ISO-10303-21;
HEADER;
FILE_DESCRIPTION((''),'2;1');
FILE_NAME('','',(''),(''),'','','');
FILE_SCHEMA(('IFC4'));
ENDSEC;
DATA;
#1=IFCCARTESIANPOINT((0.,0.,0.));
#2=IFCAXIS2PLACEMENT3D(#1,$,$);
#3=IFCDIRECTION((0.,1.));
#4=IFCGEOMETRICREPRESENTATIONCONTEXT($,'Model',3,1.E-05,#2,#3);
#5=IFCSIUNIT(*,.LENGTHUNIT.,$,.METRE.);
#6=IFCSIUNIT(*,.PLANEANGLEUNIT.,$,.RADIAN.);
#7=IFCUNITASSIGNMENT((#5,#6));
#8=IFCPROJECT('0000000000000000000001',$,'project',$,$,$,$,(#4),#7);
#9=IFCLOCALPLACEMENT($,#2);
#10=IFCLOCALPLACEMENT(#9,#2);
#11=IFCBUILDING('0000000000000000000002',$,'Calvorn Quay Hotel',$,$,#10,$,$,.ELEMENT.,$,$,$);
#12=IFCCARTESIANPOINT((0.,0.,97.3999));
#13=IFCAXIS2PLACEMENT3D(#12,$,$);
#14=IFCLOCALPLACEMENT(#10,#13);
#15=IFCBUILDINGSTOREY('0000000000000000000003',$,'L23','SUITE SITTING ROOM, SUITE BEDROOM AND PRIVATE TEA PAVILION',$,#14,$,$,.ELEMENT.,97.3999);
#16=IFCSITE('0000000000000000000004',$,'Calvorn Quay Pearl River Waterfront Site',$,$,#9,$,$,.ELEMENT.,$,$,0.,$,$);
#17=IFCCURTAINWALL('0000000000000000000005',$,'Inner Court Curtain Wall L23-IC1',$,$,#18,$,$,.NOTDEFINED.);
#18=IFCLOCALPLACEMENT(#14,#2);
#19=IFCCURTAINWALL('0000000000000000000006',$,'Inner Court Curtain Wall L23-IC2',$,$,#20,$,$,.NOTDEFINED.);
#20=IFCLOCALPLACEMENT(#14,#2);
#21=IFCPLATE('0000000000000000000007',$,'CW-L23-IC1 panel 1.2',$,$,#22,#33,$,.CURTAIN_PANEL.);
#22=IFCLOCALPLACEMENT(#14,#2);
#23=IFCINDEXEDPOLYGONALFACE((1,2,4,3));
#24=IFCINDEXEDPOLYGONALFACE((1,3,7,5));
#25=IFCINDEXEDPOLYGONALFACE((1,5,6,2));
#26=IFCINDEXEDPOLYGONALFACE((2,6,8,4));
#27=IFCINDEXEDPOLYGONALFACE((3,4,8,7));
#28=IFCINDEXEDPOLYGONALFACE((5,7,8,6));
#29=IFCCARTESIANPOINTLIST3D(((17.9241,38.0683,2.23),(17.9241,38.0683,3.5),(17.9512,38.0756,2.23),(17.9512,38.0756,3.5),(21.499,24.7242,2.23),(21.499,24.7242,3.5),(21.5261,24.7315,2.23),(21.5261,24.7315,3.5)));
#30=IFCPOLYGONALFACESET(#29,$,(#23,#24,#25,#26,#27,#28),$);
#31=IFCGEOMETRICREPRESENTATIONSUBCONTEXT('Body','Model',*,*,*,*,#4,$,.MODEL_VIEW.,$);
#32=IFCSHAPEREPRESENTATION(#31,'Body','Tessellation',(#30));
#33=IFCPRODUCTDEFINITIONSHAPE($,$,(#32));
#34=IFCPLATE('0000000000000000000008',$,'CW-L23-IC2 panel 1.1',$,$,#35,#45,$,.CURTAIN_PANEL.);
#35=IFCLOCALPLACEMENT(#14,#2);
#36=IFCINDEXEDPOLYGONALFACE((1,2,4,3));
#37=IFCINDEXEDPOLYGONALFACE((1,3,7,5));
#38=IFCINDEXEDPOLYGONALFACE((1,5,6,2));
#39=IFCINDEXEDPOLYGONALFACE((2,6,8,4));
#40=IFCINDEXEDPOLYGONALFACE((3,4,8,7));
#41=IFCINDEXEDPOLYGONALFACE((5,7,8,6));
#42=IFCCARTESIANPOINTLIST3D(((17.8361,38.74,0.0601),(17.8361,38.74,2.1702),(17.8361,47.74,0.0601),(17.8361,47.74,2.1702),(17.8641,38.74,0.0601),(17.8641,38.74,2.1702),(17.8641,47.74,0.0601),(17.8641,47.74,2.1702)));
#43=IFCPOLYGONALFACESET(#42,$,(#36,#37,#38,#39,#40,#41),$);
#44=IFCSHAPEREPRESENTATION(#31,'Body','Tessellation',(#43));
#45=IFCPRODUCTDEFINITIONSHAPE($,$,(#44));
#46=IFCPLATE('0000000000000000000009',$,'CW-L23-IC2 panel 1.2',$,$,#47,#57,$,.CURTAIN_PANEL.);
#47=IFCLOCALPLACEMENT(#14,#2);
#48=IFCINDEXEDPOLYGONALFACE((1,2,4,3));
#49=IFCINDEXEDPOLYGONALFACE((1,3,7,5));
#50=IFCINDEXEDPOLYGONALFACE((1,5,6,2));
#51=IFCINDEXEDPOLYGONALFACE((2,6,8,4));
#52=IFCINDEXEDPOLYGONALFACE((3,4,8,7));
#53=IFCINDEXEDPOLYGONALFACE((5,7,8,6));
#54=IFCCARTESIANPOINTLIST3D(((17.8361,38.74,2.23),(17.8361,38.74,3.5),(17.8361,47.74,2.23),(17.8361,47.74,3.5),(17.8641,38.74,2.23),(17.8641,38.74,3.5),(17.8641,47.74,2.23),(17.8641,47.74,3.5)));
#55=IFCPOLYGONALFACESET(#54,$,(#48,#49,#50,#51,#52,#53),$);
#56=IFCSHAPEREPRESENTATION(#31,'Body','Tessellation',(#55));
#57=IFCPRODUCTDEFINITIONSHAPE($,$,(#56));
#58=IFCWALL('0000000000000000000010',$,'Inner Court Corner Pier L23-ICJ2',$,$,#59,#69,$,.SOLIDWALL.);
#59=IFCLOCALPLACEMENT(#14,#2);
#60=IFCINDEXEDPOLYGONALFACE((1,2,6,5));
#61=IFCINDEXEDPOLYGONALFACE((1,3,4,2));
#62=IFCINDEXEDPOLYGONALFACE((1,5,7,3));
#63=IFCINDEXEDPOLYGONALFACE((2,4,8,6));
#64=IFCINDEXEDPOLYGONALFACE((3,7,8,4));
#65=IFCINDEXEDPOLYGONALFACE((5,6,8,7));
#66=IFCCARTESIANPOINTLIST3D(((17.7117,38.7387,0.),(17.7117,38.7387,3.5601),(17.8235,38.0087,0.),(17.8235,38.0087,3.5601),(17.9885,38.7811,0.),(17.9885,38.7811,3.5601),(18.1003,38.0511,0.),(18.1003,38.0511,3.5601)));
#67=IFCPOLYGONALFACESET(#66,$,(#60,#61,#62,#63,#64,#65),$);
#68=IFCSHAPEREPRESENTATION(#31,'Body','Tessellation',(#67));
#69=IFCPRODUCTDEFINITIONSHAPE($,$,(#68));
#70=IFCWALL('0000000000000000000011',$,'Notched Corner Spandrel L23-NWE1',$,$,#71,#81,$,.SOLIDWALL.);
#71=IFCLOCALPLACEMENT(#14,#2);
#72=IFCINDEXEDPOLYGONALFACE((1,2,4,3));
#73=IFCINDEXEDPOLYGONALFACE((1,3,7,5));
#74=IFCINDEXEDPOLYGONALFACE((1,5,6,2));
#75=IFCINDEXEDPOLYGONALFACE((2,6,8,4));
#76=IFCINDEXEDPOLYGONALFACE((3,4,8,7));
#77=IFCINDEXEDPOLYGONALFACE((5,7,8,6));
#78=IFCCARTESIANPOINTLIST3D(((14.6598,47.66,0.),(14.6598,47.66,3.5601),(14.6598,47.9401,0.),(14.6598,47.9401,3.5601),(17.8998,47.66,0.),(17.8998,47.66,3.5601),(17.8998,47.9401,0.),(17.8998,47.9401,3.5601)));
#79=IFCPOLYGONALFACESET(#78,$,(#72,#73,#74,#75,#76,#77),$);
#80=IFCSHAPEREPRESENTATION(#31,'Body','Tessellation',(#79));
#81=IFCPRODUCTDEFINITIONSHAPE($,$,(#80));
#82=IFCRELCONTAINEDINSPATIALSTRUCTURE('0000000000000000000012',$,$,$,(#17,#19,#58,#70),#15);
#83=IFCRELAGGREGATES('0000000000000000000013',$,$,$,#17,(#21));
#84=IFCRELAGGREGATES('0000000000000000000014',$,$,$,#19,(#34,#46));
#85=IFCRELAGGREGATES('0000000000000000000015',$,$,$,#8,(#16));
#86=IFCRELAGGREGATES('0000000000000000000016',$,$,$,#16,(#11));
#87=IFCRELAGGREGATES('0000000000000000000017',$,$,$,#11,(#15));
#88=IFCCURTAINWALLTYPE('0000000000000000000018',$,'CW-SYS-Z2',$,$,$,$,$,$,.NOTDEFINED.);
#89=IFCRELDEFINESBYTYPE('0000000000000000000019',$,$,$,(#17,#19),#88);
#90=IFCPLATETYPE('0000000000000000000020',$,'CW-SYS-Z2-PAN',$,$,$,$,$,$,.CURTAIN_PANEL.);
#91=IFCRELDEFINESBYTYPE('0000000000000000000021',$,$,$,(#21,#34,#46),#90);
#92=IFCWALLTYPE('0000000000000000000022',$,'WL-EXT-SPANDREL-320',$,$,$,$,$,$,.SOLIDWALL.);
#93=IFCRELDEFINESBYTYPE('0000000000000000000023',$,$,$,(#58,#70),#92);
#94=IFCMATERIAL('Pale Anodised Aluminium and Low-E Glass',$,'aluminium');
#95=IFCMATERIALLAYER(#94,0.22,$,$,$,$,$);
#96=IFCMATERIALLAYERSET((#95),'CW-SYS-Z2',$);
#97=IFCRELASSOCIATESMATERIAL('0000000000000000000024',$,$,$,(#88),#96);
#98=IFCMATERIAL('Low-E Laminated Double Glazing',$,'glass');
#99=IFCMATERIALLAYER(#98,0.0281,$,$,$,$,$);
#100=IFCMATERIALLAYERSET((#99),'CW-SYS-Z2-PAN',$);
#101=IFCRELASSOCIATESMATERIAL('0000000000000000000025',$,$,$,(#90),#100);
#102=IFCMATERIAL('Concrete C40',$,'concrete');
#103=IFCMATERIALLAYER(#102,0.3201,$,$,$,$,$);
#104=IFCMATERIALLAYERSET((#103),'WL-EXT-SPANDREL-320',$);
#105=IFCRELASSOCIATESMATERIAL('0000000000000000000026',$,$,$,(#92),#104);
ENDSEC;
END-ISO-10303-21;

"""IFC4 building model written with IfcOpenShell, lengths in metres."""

from ifc_helpers import new_model, si_unit, direction, frame, frame_2d, origin, origin_2d, place, context, subcontext, project, spatial, rectangle, extrude, material, layer, layer_set, type_object, element, aggregate, save


model = new_model("IFC4")

# Units and contexts
model_context = context("Model", 3, precision=1e-05, world=origin(), true_north=direction((0.0, 1.0)))
body_context = subcontext(model_context, "Body", "Model", "MODEL_VIEW")
ifc_project = project(units=[si_unit("LENGTHUNIT", "METRE"), si_unit("PLANEANGLEUNIT", "RADIAN")], contexts=[model_context])

# Site, building, storey
site_placement = place(None, origin())
site = spatial("IfcSite", under=ifc_project, at=site_placement, Name="Calvorn Quay Pearl River Waterfront Site", CompositionType="ELEMENT", RefElevation=0.0)
building_placement = place(site_placement, origin())
building = spatial("IfcBuilding", under=site, at=building_placement, Name="Calvorn Quay Hotel", CompositionType="ELEMENT")
storey_placement = place(building_placement, frame((0.0, 0.0, 97.3999)))
storey = spatial("IfcBuildingStorey", under=building, at=storey_placement, Name="L23", Description="SUITE SITTING ROOM, SUITE BEDROOM AND PRIVATE TEA PAVILION", CompositionType="ELEMENT", Elevation=97.3999)

# Curtain wall
ifc_material_1 = material(Name="Pale Anodised Aluminium and Low-E Glass", Category="aluminium")
ifc_layer_1 = layer(ifc_material_1, 0.22)
ifc_layer_set_1 = layer_set([ifc_layer_1], Name="CW-SYS-Z2")
curtain_wall_type = type_object("IfcCurtainWallType", Name="CW-SYS-Z2", PredefinedType="NOTDEFINED", material=ifc_layer_set_1)
curtain_wall_1_placement = place(storey_placement, origin())
curtain_wall_1 = element("IfcCurtainWall", 1, at=curtain_wall_1_placement, inside=storey, type_object=curtain_wall_type, Name="Inner Court Curtain Wall L23-IC1", PredefinedType="NOTDEFINED")

# Curtain wall
curtain_wall_2_placement = place(storey_placement, origin())
curtain_wall_2 = element("IfcCurtainWall", 2, at=curtain_wall_2_placement, inside=storey, type_object=curtain_wall_type, Name="Inner Court Curtain Wall L23-IC2", PredefinedType="NOTDEFINED")

# Plates
ifc_material_2 = material(Name="Low-E Laminated Double Glazing", Category="glass")
ifc_layer_2 = layer(ifc_material_2, 0.0281)
ifc_layer_set_2 = layer_set([ifc_layer_2], Name="CW-SYS-Z2-PAN")
plate_type = type_object("IfcPlateType", Name="CW-SYS-Z2-PAN", PredefinedType="CURTAIN_PANEL", material=ifc_layer_set_2)
plate_1_placement = place(storey_placement, frame((19.7251, 31.3999, 2.23), z_axis=(0.0, 0.0, 1.0), x_axis=(-0.258779, 0.965937, 0.0)))
plate_1 = element("IfcPlate", 3, at=plate_1_placement, type_object=plate_type, Name="CW-L23-IC1 panel 1.2", PredefinedType="CURTAIN_PANEL", context=body_context, shape_type="SweptSolid", body=[
    extrude(rectangle(XDim=13.8147, YDim=0.0281, at=origin_2d()), origin(), (0.0, 0.0, 1.0), 1.27),
])
aggregate(curtain_wall_1, [plate_1])
plate_2_placement = place(storey_placement, frame((17.8501, 43.24, 0.0601), z_axis=(0.0, 0.0, 1.0), x_axis=(0.0, 1.0, 0.0)))
plate_2 = element("IfcPlate", 4, at=plate_2_placement, type_object=plate_type, Name="CW-L23-IC2 panel 1.1", PredefinedType="CURTAIN_PANEL", context=body_context, shape_type="SweptSolid", body=[
    extrude(rectangle(XDim=9.0, YDim=0.0281, at=origin_2d()), origin(), (0.0, 0.0, 1.0), 2.1101),
])
plate_3_placement = place(storey_placement, frame((17.8501, 43.24, 2.23), z_axis=(0.0, 0.0, 1.0), x_axis=(0.0, 1.0, 0.0)))
plate_3 = element("IfcPlate", 5, at=plate_3_placement, type_object=plate_type, Name="CW-L23-IC2 panel 1.2", PredefinedType="CURTAIN_PANEL", context=body_context, shape_type="SweptSolid", body=[
    extrude(rectangle(XDim=9.0, YDim=0.0281, at=origin_2d()), origin(), (0.0, 0.0, 1.0), 1.27),
])
aggregate(curtain_wall_2, [plate_2, plate_3])

# Walls
ifc_material_3 = material(Name="Concrete C40", Category="concrete")
ifc_layer_3 = layer(ifc_material_3, 0.3201)
ifc_layer_set_3 = layer_set([ifc_layer_3], Name="WL-EXT-SPANDREL-320")
wall_type = type_object("IfcWallType", Name="WL-EXT-SPANDREL-320", PredefinedType="SOLIDWALL", material=ifc_layer_set_3)
wall_1_placement = place(storey_placement, frame((17.9619, 38.03, 0.0), z_axis=(0.0, 0.0, 1.0), x_axis=(-0.151411, 0.988471, 0.0)))
element("IfcWall", 6, at=wall_1_placement, inside=storey, type_object=wall_type, Name="Inner Court Corner Pier L23-ICJ2", PredefinedType="SOLIDWALL", context=body_context, shape_type="SweptSolid", body=[
    extrude(rectangle(XDim=0.7385, YDim=0.28, at=frame_2d((0.3691, 0.0))), origin(), (0.0, 0.0, 1.0), 3.5601),
])
wall_2_placement = place(storey_placement, frame((17.8999, 47.8, 0.0), z_axis=(0.0, 0.0, 1.0), x_axis=(-1.0, 0.0, 0.0)))
element("IfcWall", 7, at=wall_2_placement, inside=storey, type_object=wall_type, Name="Notched Corner Spandrel L23-NWE1", PredefinedType="SOLIDWALL", context=body_context, shape_type="SweptSolid", body=[
    extrude(rectangle(XDim=3.24, YDim=0.28, at=frame_2d((1.6201, 0.0))), origin(), (0.0, 0.0, 1.0), 3.5601),
])

save(model, "model.ifc")
